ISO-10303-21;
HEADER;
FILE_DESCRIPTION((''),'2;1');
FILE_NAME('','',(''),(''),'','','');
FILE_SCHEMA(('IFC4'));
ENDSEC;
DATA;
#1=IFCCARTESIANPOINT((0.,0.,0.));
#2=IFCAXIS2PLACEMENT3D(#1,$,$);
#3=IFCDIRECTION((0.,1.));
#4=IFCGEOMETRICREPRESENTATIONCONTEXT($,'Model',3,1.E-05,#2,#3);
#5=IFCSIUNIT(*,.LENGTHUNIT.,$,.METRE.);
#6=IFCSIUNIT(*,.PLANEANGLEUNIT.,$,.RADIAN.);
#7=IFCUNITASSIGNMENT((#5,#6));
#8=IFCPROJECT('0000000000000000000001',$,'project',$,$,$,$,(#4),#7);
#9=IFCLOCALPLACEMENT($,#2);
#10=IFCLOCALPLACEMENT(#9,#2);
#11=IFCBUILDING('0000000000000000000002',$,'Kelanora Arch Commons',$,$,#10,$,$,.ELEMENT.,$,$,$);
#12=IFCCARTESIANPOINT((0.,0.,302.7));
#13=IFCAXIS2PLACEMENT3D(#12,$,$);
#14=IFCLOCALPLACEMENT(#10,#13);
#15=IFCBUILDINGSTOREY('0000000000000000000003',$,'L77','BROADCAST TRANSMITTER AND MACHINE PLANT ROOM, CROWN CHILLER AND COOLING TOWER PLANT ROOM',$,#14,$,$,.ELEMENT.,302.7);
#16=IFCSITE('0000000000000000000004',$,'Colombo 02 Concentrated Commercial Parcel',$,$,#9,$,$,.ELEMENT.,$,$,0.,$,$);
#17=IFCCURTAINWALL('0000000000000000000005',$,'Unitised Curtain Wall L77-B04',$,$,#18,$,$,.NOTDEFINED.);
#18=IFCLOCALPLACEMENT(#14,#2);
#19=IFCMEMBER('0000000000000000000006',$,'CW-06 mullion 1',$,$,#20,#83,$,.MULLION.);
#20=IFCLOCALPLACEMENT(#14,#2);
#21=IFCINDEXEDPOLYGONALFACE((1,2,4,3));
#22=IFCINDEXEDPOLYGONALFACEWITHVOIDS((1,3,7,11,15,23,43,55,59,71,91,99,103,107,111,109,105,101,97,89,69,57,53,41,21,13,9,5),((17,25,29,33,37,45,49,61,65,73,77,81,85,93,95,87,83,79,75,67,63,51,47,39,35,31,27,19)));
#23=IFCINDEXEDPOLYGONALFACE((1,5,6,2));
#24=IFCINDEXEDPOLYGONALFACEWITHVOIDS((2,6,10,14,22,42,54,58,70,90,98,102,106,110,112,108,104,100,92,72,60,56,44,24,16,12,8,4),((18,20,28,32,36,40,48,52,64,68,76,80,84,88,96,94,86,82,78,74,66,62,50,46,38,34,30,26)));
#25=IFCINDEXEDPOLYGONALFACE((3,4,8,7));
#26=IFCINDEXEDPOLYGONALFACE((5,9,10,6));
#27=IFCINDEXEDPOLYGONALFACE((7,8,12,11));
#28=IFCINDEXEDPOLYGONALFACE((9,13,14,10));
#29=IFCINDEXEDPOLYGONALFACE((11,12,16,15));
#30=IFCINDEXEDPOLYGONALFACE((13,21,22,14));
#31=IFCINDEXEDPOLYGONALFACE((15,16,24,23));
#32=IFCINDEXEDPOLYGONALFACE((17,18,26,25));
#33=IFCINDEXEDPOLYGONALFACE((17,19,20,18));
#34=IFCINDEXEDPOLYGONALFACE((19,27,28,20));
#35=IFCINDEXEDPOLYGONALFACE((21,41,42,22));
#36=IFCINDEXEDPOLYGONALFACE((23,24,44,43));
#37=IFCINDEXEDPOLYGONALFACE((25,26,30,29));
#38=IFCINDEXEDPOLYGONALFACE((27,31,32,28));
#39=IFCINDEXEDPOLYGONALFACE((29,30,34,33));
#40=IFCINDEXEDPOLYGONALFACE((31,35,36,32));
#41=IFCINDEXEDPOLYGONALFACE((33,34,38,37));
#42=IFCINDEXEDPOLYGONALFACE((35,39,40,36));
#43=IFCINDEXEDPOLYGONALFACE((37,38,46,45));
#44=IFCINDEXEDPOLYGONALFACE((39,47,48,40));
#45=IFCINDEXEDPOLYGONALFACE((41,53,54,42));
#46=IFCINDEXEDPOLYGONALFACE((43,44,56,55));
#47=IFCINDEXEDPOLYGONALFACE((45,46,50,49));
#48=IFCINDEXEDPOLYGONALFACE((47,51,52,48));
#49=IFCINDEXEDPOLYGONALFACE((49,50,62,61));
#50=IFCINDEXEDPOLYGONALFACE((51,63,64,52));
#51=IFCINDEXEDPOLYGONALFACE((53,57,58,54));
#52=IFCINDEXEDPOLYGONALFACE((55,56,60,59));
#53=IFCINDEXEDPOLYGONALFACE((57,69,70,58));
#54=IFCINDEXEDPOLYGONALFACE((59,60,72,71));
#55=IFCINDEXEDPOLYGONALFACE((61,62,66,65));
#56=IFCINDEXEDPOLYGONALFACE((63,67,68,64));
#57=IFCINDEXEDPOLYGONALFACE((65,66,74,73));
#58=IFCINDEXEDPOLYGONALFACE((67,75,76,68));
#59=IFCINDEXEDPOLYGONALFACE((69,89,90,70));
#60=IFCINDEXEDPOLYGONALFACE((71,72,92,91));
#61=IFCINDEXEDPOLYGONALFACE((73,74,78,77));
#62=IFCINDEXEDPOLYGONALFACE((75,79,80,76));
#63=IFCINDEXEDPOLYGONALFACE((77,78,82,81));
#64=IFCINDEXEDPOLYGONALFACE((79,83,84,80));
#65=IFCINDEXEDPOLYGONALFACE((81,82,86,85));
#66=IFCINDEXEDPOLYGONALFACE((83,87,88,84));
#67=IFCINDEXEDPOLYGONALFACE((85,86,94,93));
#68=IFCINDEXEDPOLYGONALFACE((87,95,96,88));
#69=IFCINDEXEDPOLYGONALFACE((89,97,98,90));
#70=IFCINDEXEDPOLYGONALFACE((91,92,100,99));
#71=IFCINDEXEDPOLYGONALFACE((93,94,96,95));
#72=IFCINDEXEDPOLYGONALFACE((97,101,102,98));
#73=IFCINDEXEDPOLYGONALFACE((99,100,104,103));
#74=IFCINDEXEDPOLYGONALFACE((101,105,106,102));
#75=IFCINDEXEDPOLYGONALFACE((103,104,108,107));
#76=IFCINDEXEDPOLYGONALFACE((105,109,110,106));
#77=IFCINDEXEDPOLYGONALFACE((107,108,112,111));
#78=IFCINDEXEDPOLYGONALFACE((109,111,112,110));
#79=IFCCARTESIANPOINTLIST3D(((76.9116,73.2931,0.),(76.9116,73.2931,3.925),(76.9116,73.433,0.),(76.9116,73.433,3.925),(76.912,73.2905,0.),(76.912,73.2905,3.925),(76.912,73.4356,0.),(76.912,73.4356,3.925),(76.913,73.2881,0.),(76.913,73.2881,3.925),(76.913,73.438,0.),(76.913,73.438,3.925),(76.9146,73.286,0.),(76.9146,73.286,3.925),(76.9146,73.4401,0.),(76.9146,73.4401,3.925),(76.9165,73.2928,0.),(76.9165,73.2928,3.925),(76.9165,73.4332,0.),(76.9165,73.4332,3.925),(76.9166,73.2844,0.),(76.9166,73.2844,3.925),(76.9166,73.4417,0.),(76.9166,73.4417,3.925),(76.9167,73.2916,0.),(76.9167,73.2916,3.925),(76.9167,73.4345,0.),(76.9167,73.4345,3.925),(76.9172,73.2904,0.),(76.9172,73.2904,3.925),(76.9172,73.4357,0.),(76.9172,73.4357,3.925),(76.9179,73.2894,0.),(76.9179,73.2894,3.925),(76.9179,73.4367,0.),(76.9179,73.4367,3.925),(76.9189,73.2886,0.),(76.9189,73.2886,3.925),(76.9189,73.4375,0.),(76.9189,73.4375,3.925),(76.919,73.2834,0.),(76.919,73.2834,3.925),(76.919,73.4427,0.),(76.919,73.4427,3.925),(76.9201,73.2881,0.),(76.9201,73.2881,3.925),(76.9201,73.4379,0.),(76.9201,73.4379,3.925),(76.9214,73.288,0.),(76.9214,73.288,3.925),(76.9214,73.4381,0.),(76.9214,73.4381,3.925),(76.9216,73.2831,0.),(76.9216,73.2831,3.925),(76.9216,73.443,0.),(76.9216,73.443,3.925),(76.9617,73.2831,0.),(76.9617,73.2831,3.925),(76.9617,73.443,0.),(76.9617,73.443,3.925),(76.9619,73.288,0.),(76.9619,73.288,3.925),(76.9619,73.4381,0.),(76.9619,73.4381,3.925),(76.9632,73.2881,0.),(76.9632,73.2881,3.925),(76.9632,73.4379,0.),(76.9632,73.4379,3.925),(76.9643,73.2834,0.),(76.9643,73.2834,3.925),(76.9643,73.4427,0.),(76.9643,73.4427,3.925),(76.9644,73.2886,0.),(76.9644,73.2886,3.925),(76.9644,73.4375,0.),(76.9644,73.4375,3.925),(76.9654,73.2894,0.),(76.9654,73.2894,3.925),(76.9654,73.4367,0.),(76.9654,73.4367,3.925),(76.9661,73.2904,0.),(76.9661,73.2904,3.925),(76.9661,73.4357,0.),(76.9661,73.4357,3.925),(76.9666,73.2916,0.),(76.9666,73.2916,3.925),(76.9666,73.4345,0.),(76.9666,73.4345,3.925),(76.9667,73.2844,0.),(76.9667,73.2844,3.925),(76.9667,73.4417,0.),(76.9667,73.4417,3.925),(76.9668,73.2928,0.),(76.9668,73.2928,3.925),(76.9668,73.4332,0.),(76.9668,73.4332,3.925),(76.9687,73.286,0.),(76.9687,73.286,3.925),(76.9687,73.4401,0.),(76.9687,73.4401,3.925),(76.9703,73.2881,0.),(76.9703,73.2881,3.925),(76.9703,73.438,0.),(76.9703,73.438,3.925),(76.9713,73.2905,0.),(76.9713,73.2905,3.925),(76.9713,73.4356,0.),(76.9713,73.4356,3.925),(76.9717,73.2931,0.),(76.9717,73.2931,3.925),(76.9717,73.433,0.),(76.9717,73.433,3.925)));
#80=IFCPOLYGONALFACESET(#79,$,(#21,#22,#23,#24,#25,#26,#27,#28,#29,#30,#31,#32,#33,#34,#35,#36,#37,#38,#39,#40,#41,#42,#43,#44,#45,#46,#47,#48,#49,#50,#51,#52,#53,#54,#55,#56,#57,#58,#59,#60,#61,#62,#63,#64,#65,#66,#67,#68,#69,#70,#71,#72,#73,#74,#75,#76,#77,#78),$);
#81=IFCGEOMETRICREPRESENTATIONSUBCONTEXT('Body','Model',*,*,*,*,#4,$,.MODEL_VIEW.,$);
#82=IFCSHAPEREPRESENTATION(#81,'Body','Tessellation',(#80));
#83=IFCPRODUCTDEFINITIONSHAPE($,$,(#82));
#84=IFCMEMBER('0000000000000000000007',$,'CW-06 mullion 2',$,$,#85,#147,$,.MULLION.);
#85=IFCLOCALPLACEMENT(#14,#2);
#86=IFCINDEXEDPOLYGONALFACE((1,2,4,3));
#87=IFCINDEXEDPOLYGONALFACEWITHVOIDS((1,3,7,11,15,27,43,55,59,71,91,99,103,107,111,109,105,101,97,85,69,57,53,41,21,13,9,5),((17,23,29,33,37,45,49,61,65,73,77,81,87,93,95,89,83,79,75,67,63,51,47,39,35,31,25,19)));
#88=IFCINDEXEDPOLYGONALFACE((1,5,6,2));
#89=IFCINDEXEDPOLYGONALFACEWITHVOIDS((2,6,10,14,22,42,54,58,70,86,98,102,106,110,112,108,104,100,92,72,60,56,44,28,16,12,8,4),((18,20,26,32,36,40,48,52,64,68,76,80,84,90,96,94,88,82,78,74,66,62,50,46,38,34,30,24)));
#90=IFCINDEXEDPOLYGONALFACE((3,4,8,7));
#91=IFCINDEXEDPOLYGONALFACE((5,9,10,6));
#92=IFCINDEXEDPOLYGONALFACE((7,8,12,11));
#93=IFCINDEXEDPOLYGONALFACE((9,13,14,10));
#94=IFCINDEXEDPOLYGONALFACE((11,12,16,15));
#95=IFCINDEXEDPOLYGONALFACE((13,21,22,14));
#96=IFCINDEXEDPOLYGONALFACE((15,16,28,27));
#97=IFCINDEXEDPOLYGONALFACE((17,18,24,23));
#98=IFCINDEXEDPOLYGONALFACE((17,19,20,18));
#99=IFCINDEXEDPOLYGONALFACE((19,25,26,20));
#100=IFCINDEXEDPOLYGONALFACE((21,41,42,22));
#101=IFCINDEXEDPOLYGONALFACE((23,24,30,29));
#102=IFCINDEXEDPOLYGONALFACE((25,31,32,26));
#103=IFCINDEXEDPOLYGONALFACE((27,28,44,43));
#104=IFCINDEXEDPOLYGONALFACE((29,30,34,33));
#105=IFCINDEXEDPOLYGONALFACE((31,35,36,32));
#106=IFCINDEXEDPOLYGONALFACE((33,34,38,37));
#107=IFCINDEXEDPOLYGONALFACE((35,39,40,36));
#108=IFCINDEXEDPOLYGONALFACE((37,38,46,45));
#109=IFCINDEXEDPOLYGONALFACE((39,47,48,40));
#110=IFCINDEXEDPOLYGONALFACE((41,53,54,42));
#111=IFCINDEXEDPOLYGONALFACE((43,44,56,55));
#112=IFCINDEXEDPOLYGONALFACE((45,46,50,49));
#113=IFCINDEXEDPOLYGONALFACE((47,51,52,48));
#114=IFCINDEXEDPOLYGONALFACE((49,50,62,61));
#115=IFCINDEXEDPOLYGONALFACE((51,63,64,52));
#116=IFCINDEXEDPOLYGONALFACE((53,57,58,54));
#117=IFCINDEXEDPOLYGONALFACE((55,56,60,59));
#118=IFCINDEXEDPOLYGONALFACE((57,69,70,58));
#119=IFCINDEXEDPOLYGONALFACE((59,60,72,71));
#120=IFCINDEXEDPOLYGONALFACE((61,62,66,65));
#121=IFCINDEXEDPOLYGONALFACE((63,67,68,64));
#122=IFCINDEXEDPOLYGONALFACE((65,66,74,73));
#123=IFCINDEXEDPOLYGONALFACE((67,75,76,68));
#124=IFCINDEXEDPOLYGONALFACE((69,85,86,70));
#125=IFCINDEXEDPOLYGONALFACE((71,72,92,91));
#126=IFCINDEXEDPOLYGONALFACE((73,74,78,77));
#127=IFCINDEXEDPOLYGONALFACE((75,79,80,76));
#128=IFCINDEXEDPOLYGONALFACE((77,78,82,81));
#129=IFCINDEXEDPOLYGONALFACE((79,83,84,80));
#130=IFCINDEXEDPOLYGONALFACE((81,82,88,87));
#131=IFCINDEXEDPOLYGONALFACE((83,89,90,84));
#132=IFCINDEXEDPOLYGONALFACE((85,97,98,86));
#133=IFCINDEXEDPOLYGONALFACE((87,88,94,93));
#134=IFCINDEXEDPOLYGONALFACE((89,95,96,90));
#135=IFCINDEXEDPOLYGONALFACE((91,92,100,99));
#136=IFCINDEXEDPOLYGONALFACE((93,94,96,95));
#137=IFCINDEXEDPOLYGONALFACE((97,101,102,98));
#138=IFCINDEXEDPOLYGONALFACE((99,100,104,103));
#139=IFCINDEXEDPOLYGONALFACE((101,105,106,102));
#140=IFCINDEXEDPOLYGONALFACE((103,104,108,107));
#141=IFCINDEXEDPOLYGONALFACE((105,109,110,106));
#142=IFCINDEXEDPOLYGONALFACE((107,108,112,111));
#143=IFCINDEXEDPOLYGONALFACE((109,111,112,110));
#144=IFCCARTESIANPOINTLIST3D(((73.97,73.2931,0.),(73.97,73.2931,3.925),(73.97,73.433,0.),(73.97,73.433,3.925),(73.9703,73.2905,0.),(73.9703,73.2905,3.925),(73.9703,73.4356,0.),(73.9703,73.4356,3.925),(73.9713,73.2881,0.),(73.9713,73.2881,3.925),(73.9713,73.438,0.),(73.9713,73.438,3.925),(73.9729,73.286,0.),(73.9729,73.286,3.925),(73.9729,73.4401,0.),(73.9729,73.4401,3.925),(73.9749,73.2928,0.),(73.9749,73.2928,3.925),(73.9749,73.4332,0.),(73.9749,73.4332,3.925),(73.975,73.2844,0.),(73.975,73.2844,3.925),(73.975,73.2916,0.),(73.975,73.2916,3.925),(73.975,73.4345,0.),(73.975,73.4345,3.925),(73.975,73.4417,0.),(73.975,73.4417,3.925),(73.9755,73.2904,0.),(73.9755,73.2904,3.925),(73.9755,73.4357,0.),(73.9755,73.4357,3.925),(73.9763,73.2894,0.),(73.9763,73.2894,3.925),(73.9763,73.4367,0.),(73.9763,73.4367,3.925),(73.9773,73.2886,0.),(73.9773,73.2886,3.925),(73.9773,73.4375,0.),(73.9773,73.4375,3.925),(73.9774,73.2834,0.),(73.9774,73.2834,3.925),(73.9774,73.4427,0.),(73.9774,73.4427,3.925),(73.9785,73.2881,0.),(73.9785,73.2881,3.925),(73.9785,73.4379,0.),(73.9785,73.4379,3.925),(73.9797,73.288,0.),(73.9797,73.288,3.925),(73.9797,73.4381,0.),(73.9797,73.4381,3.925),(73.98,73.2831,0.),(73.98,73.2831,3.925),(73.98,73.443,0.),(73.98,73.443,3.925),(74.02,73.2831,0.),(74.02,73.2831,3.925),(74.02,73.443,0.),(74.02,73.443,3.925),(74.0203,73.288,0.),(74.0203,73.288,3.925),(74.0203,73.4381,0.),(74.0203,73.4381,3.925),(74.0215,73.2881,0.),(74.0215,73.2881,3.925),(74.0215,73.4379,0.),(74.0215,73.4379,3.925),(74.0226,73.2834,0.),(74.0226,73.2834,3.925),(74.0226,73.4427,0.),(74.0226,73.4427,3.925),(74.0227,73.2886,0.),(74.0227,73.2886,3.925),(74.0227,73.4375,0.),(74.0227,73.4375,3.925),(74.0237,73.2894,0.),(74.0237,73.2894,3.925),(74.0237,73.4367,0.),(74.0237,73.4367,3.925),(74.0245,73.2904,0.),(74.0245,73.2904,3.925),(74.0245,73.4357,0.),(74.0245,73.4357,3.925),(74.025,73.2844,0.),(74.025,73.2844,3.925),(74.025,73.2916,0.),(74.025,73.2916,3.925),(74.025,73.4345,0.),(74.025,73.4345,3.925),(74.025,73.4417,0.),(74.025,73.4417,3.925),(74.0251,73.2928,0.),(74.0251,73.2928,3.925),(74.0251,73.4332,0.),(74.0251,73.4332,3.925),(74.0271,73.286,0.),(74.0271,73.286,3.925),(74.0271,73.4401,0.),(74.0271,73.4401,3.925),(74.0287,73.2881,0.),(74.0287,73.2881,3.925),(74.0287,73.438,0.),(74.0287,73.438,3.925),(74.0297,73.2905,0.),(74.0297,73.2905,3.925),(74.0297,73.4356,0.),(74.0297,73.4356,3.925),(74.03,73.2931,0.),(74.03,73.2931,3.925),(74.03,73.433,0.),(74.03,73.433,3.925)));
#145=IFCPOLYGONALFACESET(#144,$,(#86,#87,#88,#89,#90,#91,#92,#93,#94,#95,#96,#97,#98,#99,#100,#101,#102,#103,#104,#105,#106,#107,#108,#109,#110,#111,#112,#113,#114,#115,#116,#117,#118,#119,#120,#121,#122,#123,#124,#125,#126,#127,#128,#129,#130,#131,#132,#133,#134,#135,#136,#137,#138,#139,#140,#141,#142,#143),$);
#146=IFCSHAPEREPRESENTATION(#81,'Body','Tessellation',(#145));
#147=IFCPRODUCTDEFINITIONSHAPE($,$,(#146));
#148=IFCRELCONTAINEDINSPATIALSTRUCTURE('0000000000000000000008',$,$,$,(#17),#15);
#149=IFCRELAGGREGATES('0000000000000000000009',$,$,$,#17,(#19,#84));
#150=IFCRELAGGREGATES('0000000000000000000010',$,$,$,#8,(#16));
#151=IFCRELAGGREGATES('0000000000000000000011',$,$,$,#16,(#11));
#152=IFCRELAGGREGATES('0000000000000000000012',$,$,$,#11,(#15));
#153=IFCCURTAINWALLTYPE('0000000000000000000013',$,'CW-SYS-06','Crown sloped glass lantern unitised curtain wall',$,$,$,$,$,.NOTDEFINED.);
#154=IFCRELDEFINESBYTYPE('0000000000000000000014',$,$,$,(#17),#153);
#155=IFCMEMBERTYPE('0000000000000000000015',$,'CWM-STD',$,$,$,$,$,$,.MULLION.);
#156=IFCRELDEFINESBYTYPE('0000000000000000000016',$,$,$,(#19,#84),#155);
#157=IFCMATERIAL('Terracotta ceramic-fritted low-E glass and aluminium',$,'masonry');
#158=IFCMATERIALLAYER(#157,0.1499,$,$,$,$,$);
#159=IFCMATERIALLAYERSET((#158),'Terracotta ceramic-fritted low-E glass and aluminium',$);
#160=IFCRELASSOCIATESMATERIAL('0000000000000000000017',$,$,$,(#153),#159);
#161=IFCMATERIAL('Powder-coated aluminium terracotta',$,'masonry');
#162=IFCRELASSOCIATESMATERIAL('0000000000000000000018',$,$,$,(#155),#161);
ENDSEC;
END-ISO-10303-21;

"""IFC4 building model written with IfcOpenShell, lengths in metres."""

from ifc_helpers import new_model, si_unit, direction, frame, origin, origin_2d, place, context, subcontext, project, spatial, hollow_rectangle, extrude, material, layer, layer_set, material_profile, profile_set, type_object, element, aggregate, save


model = new_model("IFC4")

# Units and contexts
model_context = context("Model", 3, precision=1e-05, world=origin(), true_north=direction((0.0, 1.0)))
body_context = subcontext(model_context, "Body", "Model", "MODEL_VIEW")
ifc_project = project(units=[si_unit("LENGTHUNIT", "METRE"), si_unit("PLANEANGLEUNIT", "RADIAN")], contexts=[model_context])

# Site, building, storey
site_placement = place(None, origin())
site = spatial("IfcSite", under=ifc_project, at=site_placement, Name="Colombo 02 Concentrated Commercial Parcel", CompositionType="ELEMENT", RefElevation=0.0)
building_placement = place(site_placement, origin())
building = spatial("IfcBuilding", under=site, at=building_placement, Name="Kelanora Arch Commons", CompositionType="ELEMENT")
storey_placement = place(building_placement, frame((0.0, 0.0, 302.7)))
storey = spatial("IfcBuildingStorey", under=building, at=storey_placement, Name="L77", Description="BROADCAST TRANSMITTER AND MACHINE PLANT ROOM, CROWN CHILLER AND COOLING TOWER PLANT ROOM", CompositionType="ELEMENT", Elevation=302.7)

# Shared definitions
ifc_material_1 = material(Name="Terracotta ceramic-fritted low-E glass and aluminium", Category="masonry")
ifc_layer_1 = layer(ifc_material_1, 0.1499)
ifc_layer_set_1 = layer_set([ifc_layer_1], Name="Terracotta ceramic-fritted low-E glass and aluminium")
curtain_wall_type = type_object("IfcCurtainWallType", Name="CW-SYS-06", Description="Crown sloped glass lantern unitised curtain wall", PredefinedType="NOTDEFINED", material=ifc_layer_set_1)
ifc_material_2 = material(Name="Powder-coated aluminium terracotta", Category="masonry")
ifc_material_profile_1 = material_profile(ifc_material_2, hollow_rectangle(XDim=0.1599, YDim=0.0601, WallThickness=0.0049, InnerFilletRadius=0.0049, OuterFilletRadius=0.01, at=origin_2d()), Name="CWM160x60")
ifc_profile_set_1 = profile_set([ifc_material_profile_1], Name="Powder-coated aluminium terracotta")
member_type_1 = type_object("IfcMemberType", Name="CWM-STD", PredefinedType="MULLION", material=ifc_profile_set_1)

# Curtain wall, members
curtain_wall_1_placement = place(storey_placement, origin())
curtain_wall_1 = element("IfcCurtainWall", 1, at=curtain_wall_1_placement, inside=storey, type_object=curtain_wall_type, Name="Unitised Curtain Wall L77-B04", PredefinedType="NOTDEFINED")
member_1_placement = place(storey_placement, frame((76.9417, 73.363, 0.0), z_axis=(0.0, 0.0, 1.0), x_axis=(0.0, -1.0, 0.0)))
member_1 = element("IfcMember", 2, at=member_1_placement, type_object=member_type_1, Name="CW-06 mullion 1", PredefinedType="MULLION", context=body_context, shape_type="SweptSolid", body=[
    extrude(hollow_rectangle(XDim=0.1599, YDim=0.0601, WallThickness=0.0049, InnerFilletRadius=0.0049, OuterFilletRadius=0.01, at=origin_2d()), origin(), (0.0, 0.0, 1.0), 3.925),
])
member_2_placement = place(storey_placement, frame((74.0, 73.363, 0.0), z_axis=(0.0, 0.0, 1.0), x_axis=(0.0, -1.0, 0.0)))
member_2 = element("IfcMember", 3, at=member_2_placement, type_object=member_type_1, Name="CW-06 mullion 2", PredefinedType="MULLION", context=body_context, shape_type="SweptSolid", body=[
    extrude(hollow_rectangle(XDim=0.1599, YDim=0.0601, WallThickness=0.0049, InnerFilletRadius=0.0049, OuterFilletRadius=0.01, at=origin_2d()), origin(), (0.0, 0.0, 1.0), 3.925),
])

aggregate(curtain_wall_1, [member_1, member_2])

save(model, "model.ifc")
